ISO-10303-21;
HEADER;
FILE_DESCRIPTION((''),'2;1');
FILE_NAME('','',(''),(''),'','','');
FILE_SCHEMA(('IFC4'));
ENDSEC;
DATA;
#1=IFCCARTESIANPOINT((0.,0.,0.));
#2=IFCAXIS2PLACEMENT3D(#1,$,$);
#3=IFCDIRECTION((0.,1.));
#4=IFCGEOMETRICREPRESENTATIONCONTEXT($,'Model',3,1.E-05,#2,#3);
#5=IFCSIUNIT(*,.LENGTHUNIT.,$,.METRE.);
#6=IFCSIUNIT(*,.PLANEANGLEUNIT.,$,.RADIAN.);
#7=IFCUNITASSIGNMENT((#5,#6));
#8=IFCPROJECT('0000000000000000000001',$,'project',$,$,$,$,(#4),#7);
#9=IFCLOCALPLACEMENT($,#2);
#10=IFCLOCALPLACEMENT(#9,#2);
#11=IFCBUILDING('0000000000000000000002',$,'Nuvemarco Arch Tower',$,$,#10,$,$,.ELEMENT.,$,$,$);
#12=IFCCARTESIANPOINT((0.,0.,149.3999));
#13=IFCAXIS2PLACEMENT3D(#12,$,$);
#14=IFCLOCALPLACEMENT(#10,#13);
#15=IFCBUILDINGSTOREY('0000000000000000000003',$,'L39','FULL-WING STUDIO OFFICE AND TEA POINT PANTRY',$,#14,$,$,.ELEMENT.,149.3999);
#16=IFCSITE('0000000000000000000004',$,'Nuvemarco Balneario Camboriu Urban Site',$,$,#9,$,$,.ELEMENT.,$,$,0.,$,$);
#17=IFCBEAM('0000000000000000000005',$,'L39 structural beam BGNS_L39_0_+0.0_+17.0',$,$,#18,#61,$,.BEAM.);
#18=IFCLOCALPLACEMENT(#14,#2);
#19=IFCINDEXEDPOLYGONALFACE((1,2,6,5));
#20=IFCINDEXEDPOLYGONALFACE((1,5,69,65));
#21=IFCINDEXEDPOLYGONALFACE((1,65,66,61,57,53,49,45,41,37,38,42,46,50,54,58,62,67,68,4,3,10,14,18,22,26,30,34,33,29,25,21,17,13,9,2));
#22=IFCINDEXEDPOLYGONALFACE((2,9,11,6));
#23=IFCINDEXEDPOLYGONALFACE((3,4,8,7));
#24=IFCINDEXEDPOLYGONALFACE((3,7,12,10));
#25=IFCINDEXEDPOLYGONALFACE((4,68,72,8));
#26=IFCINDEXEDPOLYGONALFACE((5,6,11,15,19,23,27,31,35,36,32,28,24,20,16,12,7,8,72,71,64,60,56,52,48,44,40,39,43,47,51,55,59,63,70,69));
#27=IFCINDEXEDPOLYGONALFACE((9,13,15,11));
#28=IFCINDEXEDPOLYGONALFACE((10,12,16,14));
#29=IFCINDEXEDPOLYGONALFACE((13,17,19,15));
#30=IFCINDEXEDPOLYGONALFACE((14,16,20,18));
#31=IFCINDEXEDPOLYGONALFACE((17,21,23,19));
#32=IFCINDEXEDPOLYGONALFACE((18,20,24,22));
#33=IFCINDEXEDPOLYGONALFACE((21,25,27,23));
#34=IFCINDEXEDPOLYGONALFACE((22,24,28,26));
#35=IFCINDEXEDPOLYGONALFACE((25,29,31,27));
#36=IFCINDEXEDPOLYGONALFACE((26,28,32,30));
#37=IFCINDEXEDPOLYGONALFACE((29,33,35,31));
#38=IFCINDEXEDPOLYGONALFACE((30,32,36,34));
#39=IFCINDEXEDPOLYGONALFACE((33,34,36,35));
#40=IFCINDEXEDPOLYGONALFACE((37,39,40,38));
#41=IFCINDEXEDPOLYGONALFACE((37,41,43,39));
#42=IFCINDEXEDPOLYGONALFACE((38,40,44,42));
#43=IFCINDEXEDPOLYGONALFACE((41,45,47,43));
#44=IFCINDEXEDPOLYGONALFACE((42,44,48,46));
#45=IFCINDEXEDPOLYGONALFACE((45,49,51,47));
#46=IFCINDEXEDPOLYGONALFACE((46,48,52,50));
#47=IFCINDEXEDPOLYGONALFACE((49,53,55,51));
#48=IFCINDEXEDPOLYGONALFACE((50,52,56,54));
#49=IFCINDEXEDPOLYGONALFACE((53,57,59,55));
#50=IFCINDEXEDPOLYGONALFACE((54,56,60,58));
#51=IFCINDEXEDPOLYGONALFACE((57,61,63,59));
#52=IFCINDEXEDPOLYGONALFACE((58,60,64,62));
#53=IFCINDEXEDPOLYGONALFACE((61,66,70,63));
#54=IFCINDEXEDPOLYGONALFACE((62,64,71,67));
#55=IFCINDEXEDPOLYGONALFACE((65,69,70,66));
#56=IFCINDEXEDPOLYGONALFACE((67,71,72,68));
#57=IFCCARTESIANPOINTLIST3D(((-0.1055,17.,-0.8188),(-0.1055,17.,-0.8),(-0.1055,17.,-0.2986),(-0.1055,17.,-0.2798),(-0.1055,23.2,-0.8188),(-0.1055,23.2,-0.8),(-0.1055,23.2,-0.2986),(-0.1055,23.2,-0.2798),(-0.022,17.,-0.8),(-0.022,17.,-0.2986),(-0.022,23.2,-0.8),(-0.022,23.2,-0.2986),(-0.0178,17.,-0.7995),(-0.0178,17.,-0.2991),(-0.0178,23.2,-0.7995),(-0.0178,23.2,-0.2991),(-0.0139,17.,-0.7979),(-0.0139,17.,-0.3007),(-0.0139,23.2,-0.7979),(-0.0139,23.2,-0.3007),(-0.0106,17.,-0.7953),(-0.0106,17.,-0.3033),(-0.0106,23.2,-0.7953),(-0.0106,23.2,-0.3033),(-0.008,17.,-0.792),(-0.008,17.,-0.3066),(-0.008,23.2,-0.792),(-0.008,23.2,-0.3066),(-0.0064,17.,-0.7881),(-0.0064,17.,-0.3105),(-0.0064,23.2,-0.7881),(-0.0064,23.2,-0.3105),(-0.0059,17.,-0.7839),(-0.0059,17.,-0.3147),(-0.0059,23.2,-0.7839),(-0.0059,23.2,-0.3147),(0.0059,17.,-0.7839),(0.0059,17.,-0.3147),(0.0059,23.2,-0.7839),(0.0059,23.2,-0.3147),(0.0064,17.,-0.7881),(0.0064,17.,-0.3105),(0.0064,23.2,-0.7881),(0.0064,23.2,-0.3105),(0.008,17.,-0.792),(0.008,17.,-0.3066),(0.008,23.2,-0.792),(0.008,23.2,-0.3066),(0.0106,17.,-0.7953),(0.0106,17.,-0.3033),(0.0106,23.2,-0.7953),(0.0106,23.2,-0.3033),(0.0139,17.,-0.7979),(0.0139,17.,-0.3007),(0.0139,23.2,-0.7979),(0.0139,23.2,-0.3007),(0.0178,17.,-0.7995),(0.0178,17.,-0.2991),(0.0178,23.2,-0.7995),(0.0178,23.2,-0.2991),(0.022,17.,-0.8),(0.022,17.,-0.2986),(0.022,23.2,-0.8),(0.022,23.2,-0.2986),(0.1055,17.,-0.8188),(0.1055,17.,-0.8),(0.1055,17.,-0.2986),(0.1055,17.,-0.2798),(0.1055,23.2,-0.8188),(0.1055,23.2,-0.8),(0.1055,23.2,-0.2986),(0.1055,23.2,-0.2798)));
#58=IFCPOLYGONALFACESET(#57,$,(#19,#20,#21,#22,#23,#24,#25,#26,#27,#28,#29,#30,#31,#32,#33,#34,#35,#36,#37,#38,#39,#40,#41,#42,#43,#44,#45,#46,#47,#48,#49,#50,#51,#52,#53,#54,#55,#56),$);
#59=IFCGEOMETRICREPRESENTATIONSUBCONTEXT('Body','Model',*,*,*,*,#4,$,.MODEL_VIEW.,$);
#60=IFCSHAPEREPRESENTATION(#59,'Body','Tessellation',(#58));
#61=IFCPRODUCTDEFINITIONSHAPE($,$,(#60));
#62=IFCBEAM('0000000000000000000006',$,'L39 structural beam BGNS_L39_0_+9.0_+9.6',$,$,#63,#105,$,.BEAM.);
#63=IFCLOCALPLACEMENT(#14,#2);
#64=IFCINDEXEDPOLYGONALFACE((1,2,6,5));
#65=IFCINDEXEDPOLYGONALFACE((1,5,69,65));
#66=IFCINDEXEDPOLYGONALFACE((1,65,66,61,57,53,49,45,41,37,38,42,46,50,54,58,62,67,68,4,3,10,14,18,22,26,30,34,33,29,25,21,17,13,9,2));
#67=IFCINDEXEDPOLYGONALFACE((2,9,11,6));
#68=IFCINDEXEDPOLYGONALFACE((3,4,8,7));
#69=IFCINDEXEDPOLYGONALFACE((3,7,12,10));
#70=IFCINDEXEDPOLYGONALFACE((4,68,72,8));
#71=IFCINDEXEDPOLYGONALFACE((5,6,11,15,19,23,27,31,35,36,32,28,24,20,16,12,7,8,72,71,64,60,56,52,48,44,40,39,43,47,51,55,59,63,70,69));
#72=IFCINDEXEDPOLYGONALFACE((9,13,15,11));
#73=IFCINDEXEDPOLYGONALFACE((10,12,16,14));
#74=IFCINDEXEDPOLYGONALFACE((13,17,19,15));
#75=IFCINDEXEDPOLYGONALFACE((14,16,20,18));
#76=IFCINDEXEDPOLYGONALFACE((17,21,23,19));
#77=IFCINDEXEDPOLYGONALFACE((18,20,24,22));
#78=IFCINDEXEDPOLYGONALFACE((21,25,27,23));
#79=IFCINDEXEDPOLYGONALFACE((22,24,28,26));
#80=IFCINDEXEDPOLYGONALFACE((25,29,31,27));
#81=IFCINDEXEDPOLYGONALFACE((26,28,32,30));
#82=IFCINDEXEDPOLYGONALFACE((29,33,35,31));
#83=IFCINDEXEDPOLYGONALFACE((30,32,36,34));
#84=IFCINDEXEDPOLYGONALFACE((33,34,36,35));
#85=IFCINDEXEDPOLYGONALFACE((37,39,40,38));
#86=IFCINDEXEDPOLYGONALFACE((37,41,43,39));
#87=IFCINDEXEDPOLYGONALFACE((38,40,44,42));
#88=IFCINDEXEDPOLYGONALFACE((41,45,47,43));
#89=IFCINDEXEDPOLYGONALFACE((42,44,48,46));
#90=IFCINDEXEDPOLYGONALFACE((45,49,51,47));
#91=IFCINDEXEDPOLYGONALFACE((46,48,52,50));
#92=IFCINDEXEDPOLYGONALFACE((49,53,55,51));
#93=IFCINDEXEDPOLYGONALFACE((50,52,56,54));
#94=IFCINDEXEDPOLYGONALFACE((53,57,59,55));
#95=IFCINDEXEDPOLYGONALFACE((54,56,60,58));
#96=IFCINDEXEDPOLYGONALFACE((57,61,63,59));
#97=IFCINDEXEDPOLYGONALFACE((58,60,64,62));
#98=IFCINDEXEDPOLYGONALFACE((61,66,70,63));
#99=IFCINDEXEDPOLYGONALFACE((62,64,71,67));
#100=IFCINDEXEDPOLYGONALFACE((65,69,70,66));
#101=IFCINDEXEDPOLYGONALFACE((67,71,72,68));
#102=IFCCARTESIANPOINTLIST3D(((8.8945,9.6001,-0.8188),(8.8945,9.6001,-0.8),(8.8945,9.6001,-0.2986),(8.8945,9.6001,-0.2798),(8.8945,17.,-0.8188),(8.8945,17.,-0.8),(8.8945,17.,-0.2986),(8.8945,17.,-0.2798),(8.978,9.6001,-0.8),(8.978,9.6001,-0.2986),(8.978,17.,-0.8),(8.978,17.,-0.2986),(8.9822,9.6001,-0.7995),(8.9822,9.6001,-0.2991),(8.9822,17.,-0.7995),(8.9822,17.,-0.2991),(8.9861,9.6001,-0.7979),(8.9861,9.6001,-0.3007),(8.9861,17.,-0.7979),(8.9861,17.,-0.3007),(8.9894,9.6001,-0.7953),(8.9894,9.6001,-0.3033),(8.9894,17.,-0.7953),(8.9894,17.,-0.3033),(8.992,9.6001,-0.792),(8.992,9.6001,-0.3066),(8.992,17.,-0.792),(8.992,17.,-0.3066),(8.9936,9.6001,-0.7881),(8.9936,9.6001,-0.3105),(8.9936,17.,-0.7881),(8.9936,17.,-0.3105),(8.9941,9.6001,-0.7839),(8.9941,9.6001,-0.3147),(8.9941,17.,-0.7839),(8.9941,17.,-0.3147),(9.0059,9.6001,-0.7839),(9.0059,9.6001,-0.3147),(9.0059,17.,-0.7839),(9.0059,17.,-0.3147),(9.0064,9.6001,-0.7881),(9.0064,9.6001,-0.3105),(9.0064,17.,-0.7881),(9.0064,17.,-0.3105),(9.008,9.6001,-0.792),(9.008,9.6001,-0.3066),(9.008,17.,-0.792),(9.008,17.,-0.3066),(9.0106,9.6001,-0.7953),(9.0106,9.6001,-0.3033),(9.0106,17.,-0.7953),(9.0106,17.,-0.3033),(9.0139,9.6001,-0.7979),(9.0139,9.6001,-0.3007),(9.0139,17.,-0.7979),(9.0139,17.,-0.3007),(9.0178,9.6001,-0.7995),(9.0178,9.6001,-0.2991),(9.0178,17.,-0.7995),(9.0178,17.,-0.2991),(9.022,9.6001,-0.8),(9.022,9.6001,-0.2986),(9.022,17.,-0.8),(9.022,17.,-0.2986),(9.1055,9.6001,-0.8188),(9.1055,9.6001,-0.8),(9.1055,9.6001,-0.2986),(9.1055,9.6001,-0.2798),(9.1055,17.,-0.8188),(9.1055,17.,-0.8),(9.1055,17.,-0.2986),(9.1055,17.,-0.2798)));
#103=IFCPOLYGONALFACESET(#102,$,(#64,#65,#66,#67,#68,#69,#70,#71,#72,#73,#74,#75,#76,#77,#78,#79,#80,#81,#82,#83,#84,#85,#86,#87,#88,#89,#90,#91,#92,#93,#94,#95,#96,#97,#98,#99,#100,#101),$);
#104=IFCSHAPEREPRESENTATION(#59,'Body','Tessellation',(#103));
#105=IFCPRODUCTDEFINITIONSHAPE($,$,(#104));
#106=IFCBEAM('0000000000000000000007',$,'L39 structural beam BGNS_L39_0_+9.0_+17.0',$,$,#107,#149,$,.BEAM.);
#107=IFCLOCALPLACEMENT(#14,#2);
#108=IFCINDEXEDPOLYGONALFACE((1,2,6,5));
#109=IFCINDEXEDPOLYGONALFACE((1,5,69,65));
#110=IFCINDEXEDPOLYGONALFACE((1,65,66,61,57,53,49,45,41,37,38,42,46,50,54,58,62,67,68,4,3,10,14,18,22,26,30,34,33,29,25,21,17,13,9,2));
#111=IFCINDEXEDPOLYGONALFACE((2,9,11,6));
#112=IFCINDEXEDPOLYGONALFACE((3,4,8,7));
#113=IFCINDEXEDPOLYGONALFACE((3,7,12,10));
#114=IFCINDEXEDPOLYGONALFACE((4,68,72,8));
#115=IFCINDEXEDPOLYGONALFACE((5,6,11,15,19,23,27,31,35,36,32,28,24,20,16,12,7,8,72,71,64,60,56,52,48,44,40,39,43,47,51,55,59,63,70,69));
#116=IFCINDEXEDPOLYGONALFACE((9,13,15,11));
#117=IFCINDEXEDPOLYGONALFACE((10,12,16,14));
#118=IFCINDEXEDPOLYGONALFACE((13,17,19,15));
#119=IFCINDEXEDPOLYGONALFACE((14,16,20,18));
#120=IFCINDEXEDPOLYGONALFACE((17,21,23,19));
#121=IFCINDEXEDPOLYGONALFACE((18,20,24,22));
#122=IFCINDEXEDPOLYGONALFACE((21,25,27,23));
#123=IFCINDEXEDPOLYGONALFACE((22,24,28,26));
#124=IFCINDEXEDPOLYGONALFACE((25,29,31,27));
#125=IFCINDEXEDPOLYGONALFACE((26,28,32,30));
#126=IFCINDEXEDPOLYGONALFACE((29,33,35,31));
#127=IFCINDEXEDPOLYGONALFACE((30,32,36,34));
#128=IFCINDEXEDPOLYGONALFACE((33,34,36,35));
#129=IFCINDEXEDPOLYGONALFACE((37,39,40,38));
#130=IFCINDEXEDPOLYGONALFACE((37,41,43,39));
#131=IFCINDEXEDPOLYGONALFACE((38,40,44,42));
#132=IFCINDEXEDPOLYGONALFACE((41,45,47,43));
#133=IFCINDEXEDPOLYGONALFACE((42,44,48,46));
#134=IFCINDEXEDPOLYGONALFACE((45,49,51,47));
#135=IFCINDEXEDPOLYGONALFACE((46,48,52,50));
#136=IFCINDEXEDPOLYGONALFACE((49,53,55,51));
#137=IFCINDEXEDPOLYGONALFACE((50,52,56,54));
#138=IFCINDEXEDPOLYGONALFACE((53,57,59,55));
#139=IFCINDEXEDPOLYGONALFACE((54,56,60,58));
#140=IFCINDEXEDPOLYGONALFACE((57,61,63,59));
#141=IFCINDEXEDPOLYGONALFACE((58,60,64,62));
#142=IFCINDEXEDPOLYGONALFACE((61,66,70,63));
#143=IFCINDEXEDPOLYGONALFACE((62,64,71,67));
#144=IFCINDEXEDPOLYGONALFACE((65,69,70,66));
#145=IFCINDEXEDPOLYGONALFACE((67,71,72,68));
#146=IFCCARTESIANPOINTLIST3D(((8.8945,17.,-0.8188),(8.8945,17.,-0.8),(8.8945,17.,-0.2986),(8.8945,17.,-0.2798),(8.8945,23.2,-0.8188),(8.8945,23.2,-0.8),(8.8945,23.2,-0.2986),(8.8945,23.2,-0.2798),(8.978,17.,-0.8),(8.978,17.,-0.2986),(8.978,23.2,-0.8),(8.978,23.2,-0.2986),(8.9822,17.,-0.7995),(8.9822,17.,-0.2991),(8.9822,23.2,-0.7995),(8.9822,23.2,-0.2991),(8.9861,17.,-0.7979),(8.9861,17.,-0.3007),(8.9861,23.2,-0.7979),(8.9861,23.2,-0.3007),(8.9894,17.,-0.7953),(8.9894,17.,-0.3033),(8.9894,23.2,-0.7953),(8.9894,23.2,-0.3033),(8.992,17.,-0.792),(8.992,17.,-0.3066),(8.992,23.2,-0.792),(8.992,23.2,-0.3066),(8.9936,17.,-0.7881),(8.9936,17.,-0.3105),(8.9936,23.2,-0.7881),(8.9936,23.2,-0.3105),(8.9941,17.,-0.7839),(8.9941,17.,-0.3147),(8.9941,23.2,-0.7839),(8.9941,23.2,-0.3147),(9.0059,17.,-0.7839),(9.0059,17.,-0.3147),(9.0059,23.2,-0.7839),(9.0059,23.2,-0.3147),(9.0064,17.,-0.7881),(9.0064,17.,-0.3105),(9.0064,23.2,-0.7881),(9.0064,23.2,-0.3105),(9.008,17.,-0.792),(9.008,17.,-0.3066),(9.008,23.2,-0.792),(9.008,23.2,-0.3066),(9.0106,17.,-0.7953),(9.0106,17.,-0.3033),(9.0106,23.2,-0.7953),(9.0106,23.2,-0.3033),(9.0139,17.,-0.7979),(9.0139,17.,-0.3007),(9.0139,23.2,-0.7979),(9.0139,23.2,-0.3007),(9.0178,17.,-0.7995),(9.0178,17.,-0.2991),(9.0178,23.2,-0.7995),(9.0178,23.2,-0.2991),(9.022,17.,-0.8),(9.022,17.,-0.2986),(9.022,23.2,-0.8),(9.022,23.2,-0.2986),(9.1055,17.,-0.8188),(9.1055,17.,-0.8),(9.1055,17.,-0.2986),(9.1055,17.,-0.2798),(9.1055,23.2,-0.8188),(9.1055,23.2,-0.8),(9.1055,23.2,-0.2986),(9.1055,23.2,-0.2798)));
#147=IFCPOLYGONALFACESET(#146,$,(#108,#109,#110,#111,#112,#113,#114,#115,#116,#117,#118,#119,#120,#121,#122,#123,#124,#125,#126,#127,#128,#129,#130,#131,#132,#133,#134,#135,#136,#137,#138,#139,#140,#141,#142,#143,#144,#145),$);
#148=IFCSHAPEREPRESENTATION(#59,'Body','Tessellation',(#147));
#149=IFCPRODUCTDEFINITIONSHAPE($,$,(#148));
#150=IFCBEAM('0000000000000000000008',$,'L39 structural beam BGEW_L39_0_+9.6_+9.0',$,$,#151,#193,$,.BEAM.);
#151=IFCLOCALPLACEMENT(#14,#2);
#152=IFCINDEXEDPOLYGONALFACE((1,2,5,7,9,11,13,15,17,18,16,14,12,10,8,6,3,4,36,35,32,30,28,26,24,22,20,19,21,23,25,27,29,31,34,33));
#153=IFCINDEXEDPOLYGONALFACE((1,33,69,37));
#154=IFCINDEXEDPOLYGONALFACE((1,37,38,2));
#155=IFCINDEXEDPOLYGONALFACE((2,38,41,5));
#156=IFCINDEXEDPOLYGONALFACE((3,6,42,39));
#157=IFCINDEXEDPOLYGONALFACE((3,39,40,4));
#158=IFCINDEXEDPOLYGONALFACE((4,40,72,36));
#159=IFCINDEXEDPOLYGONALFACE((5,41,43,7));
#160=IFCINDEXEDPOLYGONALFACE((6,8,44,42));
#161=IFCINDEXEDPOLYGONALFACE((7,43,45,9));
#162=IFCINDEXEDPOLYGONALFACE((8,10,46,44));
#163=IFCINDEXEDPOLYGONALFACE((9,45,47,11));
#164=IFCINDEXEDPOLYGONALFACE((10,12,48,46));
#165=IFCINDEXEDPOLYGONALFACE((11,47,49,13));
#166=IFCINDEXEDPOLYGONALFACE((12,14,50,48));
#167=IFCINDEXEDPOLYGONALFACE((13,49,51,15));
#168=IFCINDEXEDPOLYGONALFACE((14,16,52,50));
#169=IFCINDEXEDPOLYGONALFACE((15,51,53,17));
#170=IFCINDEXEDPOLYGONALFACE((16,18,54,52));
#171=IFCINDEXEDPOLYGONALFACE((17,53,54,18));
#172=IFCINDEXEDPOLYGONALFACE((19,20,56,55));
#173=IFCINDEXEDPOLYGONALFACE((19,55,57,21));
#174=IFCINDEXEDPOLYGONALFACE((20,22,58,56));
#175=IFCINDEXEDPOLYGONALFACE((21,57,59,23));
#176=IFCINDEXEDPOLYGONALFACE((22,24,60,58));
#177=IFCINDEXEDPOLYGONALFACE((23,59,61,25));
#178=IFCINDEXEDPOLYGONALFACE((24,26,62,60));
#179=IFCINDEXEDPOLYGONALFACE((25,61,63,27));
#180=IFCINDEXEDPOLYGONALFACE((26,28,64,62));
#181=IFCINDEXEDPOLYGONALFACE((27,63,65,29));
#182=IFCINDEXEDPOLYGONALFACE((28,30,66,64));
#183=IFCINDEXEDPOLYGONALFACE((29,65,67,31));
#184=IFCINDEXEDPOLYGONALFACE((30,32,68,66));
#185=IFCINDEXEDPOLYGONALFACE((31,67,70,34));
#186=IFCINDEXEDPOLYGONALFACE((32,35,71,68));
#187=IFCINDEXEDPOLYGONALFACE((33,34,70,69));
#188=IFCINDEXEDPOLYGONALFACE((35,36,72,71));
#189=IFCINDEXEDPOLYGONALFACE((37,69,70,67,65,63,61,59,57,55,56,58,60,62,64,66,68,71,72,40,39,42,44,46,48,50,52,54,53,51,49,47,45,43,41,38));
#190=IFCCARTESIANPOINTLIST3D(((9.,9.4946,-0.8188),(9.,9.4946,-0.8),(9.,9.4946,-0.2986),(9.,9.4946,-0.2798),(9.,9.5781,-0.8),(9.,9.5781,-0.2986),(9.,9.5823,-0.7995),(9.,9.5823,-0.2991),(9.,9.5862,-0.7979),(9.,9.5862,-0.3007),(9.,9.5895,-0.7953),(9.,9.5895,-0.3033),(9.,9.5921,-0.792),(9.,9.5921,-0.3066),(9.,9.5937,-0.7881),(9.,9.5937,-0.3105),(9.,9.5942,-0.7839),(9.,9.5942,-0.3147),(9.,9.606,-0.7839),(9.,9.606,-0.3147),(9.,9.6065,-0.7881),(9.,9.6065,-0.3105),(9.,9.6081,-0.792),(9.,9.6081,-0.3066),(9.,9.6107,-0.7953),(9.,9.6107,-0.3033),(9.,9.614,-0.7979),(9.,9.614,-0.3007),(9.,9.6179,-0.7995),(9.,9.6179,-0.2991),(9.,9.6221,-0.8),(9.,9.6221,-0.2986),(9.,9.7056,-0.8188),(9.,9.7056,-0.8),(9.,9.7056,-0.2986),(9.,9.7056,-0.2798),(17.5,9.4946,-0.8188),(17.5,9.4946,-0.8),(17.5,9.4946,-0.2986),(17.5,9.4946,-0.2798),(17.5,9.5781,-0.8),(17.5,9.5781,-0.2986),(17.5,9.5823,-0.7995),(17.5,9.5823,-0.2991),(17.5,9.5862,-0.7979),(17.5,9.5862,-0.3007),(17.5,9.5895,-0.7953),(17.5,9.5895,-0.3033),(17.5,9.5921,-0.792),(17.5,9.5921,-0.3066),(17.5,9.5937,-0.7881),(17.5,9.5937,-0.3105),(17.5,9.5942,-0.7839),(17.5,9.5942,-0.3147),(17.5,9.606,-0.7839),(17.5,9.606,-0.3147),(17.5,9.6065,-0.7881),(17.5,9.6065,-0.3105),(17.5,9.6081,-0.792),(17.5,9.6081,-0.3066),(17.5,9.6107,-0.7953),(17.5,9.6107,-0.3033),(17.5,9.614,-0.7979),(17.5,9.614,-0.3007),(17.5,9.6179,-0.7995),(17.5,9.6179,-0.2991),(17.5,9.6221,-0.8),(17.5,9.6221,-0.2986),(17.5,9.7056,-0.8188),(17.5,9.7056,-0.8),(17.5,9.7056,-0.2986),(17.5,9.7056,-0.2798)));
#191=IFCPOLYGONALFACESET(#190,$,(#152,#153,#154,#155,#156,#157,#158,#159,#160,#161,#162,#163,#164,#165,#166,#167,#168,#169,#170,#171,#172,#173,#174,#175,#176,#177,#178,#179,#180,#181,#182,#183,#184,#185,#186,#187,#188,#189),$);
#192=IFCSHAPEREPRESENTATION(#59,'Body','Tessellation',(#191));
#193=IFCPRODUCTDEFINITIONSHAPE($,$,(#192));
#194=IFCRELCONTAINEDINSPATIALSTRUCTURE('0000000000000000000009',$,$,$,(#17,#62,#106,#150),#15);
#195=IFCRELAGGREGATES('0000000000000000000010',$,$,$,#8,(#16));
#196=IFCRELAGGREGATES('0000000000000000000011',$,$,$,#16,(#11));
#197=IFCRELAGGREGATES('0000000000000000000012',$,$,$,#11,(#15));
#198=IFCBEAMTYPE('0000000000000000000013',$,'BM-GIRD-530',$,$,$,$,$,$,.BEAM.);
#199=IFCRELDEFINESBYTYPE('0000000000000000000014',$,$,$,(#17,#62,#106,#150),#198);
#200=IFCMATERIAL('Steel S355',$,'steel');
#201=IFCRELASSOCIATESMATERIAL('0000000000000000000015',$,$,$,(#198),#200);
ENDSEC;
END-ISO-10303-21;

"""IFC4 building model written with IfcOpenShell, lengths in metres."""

from ifc_helpers import new_model, si_unit, direction, frame, origin, origin_2d, place, context, subcontext, project, spatial, i_section, extrude, material, material_profile, profile_set, type_object, element, save


model = new_model("IFC4")

# Units and contexts
model_context = context("Model", 3, precision=1e-05, world=origin(), true_north=direction((0.0, 1.0)))
body_context = subcontext(model_context, "Body", "Model", "MODEL_VIEW")
ifc_project = project(units=[si_unit("LENGTHUNIT", "METRE"), si_unit("PLANEANGLEUNIT", "RADIAN")], contexts=[model_context])

# Site, building, storey
site_placement = place(None, origin())
site = spatial("IfcSite", under=ifc_project, at=site_placement, Name="Nuvemarco Balneario Camboriu Urban Site", CompositionType="ELEMENT", RefElevation=0.0)
building_placement = place(site_placement, origin())
building = spatial("IfcBuilding", under=site, at=building_placement, Name="Nuvemarco Arch Tower", CompositionType="ELEMENT")
storey_placement = place(building_placement, frame((0.0, 0.0, 149.3999)))
storey = spatial("IfcBuildingStorey", under=building, at=storey_placement, Name="L39", Description="FULL-WING STUDIO OFFICE AND TEA POINT PANTRY", CompositionType="ELEMENT", Elevation=149.3999)

# Shared definitions
ifc_material_1 = material(Name="Steel S355", Category="steel")

# Beams
ifc_material_profile_1 = material_profile(ifc_material_1, i_section(OverallWidth=0.2109, OverallDepth=0.5391, WebThickness=0.0117, FlangeThickness=0.0188, FilletRadius=0.0161, at=origin_2d()), Name="W530x109")
ifc_profile_set_1 = profile_set([ifc_material_profile_1], Name="Steel S355")
beam_type_1 = type_object("IfcBeamType", Name="BM-GIRD-530", PredefinedType="BEAM", material=ifc_profile_set_1)
beam_1_placement = place(storey_placement, frame((0.0, 17.0, -0.5493), z_axis=(0.0, 1.0, 0.0), x_axis=(-1.0, 0.0, 0.0)))
element("IfcBeam", 1, at=beam_1_placement, inside=storey, type_object=beam_type_1, Name="L39 structural beam BGNS_L39_0_+0.0_+17.0", PredefinedType="BEAM", context=body_context, shape_type="SweptSolid", body=[
    extrude(i_section(OverallWidth=0.2109, OverallDepth=0.5391, WebThickness=0.0117, FlangeThickness=0.0188, FilletRadius=0.0161, at=origin_2d()), origin(), (0.0, 0.0, 1.0), 6.2),
])
beam_2_placement = place(storey_placement, frame((9.0, 9.6001, -0.5493), z_axis=(0.0, 1.0, 0.0), x_axis=(-1.0, 0.0, 0.0)))
element("IfcBeam", 2, at=beam_2_placement, inside=storey, type_object=beam_type_1, Name="L39 structural beam BGNS_L39_0_+9.0_+9.6", PredefinedType="BEAM", context=body_context, shape_type="SweptSolid", body=[
    extrude(i_section(OverallWidth=0.2109, OverallDepth=0.5391, WebThickness=0.0117, FlangeThickness=0.0188, FilletRadius=0.0161, at=origin_2d()), origin(), (0.0, 0.0, 1.0), 7.3999),
])
beam_3_placement = place(storey_placement, frame((9.0, 17.0, -0.5493), z_axis=(0.0, 1.0, 0.0), x_axis=(-1.0, 0.0, 0.0)))
element("IfcBeam", 3, at=beam_3_placement, inside=storey, type_object=beam_type_1, Name="L39 structural beam BGNS_L39_0_+9.0_+17.0", PredefinedType="BEAM", context=body_context, shape_type="SweptSolid", body=[
    extrude(i_section(OverallWidth=0.2109, OverallDepth=0.5391, WebThickness=0.0117, FlangeThickness=0.0188, FilletRadius=0.0161, at=origin_2d()), origin(), (0.0, 0.0, 1.0), 6.2),
])
beam_4_placement = place(storey_placement, frame((9.0, 9.6001, -0.5493), z_axis=(1.0, 0.0, 0.0), x_axis=(0.0, 1.0, 0.0)))
element("IfcBeam", 4, at=beam_4_placement, inside=storey, type_object=beam_type_1, Name="L39 structural beam BGEW_L39_0_+9.6_+9.0", PredefinedType="BEAM", context=body_context, shape_type="SweptSolid", body=[
    extrude(i_section(OverallWidth=0.2109, OverallDepth=0.5391, WebThickness=0.0117, FlangeThickness=0.0188, FilletRadius=0.0161, at=origin_2d()), origin(), (0.0, 0.0, 1.0), 8.5),
])

save(model, "model.ifc")
